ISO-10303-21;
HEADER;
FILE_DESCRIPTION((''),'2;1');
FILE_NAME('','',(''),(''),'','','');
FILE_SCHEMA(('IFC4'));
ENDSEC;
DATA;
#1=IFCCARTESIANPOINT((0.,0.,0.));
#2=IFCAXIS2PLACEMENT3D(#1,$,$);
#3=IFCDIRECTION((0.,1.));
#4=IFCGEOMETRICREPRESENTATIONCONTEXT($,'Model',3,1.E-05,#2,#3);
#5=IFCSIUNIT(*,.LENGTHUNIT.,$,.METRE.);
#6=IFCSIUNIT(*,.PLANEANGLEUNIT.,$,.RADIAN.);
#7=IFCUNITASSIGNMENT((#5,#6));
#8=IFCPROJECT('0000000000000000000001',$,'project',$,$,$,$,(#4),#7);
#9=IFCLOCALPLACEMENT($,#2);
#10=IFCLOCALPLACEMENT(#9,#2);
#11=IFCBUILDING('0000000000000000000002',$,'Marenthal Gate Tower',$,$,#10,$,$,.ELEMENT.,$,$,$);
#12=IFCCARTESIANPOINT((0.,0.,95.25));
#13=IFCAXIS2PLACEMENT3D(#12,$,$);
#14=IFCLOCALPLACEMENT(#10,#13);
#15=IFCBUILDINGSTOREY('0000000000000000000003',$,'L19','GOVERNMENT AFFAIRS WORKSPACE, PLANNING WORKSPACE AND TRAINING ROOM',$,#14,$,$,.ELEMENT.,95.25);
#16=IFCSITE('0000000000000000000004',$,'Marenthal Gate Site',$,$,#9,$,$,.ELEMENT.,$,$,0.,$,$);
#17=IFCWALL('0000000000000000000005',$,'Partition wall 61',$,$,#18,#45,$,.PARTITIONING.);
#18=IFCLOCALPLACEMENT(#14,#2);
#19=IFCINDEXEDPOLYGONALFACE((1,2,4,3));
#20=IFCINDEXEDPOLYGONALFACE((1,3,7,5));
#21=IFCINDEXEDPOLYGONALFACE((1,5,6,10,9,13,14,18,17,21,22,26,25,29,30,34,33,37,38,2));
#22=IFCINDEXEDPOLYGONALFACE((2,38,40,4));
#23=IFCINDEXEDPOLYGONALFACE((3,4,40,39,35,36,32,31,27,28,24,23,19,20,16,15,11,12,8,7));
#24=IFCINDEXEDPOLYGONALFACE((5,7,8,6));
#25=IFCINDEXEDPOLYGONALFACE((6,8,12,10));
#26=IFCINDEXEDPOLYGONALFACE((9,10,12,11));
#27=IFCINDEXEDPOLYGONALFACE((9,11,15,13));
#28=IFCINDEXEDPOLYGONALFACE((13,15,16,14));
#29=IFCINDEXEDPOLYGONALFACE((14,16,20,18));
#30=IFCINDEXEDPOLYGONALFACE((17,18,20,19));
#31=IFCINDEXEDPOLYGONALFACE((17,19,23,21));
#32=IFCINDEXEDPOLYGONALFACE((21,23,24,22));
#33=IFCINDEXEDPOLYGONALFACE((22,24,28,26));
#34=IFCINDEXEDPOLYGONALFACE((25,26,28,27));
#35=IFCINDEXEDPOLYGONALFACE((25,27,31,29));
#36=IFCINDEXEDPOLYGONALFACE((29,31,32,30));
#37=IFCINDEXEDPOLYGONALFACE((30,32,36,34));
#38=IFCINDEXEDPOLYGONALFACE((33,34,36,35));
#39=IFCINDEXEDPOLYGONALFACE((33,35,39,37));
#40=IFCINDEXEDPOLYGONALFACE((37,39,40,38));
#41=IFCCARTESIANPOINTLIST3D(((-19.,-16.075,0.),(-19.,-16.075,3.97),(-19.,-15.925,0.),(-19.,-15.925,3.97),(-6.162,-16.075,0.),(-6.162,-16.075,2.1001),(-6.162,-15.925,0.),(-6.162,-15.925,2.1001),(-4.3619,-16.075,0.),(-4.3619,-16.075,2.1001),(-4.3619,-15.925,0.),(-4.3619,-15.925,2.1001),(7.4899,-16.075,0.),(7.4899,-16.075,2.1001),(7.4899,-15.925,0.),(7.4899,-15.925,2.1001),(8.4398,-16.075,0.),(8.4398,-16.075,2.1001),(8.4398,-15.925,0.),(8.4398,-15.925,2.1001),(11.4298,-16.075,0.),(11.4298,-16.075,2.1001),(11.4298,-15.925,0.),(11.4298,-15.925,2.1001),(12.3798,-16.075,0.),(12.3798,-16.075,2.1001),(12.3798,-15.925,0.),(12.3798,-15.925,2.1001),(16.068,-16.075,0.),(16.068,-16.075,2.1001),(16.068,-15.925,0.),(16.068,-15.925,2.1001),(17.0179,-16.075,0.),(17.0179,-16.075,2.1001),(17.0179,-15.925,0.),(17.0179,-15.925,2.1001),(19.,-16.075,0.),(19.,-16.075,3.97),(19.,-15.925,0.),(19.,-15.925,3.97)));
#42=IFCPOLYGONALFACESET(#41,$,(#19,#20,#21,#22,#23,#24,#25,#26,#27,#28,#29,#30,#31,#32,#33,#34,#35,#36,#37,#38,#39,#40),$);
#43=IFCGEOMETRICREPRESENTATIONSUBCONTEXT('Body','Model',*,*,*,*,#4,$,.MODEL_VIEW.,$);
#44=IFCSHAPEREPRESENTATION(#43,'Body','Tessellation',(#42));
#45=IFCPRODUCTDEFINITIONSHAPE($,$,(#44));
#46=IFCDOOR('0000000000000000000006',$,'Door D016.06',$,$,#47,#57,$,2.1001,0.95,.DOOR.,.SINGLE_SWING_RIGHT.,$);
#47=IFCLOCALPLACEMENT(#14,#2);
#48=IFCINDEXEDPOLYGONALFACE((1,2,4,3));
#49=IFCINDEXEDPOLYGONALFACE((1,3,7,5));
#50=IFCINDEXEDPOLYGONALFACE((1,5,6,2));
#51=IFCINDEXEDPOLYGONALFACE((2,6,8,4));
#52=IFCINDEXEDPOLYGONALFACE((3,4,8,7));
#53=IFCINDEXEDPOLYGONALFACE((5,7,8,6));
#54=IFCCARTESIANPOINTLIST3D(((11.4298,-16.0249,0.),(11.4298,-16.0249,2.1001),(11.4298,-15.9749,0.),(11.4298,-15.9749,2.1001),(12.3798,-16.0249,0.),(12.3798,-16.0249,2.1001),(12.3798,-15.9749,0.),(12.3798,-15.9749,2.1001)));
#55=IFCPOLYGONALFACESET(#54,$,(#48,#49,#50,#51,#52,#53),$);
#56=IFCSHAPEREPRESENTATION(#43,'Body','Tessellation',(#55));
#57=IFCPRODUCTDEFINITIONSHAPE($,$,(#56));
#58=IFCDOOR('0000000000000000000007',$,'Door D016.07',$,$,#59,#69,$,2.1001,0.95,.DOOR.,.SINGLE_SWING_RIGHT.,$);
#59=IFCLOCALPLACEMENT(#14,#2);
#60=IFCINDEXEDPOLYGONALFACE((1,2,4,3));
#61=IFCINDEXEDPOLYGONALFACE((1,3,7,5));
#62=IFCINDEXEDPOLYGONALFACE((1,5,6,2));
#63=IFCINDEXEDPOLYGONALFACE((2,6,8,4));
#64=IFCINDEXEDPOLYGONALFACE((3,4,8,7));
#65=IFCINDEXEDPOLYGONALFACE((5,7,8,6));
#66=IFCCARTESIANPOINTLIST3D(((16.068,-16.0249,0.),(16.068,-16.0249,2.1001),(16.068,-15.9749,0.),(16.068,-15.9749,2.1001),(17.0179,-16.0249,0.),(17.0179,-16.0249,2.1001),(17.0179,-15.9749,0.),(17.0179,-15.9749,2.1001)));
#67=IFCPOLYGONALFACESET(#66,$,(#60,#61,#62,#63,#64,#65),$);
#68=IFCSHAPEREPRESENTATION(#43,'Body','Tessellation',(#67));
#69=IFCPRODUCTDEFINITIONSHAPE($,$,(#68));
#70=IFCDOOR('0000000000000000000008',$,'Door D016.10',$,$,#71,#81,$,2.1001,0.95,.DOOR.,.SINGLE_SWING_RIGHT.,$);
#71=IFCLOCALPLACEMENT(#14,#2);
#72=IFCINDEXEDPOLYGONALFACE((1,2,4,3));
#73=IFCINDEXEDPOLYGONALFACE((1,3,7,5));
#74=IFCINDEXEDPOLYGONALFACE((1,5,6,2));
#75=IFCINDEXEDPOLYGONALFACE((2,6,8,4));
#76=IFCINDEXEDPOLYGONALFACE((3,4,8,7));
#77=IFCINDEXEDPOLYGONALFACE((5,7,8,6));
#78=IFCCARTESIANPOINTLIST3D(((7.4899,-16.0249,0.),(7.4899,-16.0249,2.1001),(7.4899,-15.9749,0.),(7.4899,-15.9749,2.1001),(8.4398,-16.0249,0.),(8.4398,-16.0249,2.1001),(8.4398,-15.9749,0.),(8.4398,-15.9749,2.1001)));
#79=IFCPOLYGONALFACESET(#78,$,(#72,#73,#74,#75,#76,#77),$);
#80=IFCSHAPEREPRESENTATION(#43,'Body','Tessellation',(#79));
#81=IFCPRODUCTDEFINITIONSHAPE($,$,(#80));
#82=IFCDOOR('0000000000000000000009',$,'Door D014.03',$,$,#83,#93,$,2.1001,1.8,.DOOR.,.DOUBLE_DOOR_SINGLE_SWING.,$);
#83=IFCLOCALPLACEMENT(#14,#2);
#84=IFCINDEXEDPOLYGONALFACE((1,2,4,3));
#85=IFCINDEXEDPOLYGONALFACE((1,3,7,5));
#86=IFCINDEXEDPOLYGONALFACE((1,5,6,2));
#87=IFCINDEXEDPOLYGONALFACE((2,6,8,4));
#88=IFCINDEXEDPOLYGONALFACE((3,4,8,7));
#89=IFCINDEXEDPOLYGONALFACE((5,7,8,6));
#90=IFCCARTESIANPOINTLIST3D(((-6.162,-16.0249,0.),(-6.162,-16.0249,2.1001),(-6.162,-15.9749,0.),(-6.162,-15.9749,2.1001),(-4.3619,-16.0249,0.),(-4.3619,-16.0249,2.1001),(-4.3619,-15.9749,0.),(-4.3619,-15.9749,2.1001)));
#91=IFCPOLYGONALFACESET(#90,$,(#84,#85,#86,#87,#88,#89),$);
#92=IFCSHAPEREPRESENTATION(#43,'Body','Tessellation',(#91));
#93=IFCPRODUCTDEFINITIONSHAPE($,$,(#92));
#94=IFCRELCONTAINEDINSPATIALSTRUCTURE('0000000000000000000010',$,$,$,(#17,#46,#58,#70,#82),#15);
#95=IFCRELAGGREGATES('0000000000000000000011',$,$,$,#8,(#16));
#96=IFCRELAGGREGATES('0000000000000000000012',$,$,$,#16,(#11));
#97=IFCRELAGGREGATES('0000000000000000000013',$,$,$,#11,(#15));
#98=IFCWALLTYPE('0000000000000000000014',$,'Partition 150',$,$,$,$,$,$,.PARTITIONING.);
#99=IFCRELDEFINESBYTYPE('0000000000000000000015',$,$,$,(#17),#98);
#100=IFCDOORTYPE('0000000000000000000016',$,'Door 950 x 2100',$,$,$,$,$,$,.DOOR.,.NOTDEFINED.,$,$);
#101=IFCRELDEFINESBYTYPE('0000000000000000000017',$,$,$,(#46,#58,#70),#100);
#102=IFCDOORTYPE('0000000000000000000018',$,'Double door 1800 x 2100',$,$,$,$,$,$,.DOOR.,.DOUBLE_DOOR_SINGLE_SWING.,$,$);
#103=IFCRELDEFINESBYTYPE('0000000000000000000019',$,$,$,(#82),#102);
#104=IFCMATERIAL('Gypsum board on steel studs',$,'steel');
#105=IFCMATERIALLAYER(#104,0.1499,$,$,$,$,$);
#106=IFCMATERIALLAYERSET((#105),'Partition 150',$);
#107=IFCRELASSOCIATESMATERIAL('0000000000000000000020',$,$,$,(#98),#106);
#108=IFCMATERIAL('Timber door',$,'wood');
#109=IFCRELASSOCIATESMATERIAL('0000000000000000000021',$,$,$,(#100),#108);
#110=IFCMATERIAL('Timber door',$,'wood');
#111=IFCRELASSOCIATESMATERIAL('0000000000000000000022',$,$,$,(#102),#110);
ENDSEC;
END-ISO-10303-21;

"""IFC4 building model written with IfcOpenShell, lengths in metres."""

from ifc_helpers import new_model, si_unit, direction, frame, frame_2d, origin, place, context, subcontext, project, spatial, rectangle, extrude, material, layer, layer_set, type_object, element, fill, save


model = new_model("IFC4")

# Units and contexts
model_context = context("Model", 3, precision=1e-05, world=origin(), true_north=direction((0.0, 1.0)))
body_context = subcontext(model_context, "Body", "Model", "MODEL_VIEW")
ifc_project = project(units=[si_unit("LENGTHUNIT", "METRE"), si_unit("PLANEANGLEUNIT", "RADIAN")], contexts=[model_context])

# Site, building, storey
site_placement = place(None, origin())
site = spatial("IfcSite", under=ifc_project, at=site_placement, Name="Marenthal Gate Site", CompositionType="ELEMENT", RefElevation=0.0)
building_placement = place(site_placement, origin())
building = spatial("IfcBuilding", under=site, at=building_placement, Name="Marenthal Gate Tower", CompositionType="ELEMENT")
storey_placement = place(building_placement, frame((0.0, 0.0, 95.25)))
storey = spatial("IfcBuildingStorey", under=building, at=storey_placement, Name="L19", Description="GOVERNMENT AFFAIRS WORKSPACE, PLANNING WORKSPACE AND TRAINING ROOM", CompositionType="ELEMENT", Elevation=95.25)

# Wall, openings, doors
ifc_material_1 = material(Name="Gypsum board on steel studs", Category="steel")
ifc_layer_1 = layer(ifc_material_1, 0.1499)
ifc_layer_set_1 = layer_set([ifc_layer_1], Name="Partition 150")
wall_type_1 = type_object("IfcWallType", Name="Partition 150", PredefinedType="PARTITIONING", material=ifc_layer_set_1)
wall_1_placement = place(storey_placement, frame((19.0, -16.0, 0.0), z_axis=(0.0, 0.0, 1.0), x_axis=(-1.0, 0.0, 0.0)))
wall_1 = element("IfcWall", 1, at=wall_1_placement, inside=storey, type_object=wall_type_1, Name="Partition wall 61", PredefinedType="PARTITIONING", context=body_context, shape_type="SweptSolid", body=[
    extrude(rectangle(XDim=38.0, YDim=0.1499, at=frame_2d((19.0, 0.0))), origin(), (0.0, 0.0, 1.0), 3.97),
])
opening_1_placement = place(wall_1_placement, frame((23.3621, 0.0, 0.0)))
opening_1 = element("IfcOpeningElement", 2, at=opening_1_placement, cuts=wall_1, PredefinedType="OPENING", context=body_context, shape_type="SweptSolid", body=[
    extrude(rectangle(XDim=1.8, YDim=2.1001, at=frame_2d((0.8999, 1.05))), frame((0.0, 0.085, 0.0), z_axis=(0.0, -1.0, 0.0), x_axis=(1.0, 0.0, 0.0)), (0.0, 0.0, 1.0), 0.1699),
])
opening_2_placement = place(wall_1_placement, frame((6.6201, 0.0, 0.0)))
opening_2 = element("IfcOpeningElement", 3, at=opening_2_placement, cuts=wall_1, PredefinedType="OPENING", context=body_context, shape_type="SweptSolid", body=[
    extrude(rectangle(XDim=0.95, YDim=2.1001, at=frame_2d((0.4751, 1.05))), frame((0.0, 0.085, 0.0), z_axis=(0.0, -1.0, 0.0), x_axis=(1.0, 0.0, 0.0)), (0.0, 0.0, 1.0), 0.1699),
])
opening_3_placement = place(wall_1_placement, frame((1.9819, 0.0, 0.0)))
opening_3 = element("IfcOpeningElement", 4, at=opening_3_placement, cuts=wall_1, PredefinedType="OPENING", context=body_context, shape_type="SweptSolid", body=[
    extrude(rectangle(XDim=0.95, YDim=2.1001, at=frame_2d((0.4751, 1.05))), frame((0.0, 0.085, 0.0), z_axis=(0.0, -1.0, 0.0), x_axis=(1.0, 0.0, 0.0)), (0.0, 0.0, 1.0), 0.1699),
])
opening_4_placement = place(wall_1_placement, frame((10.5601, 0.0, 0.0)))
opening_4 = element("IfcOpeningElement", 5, at=opening_4_placement, cuts=wall_1, PredefinedType="OPENING", context=body_context, shape_type="SweptSolid", body=[
    extrude(rectangle(XDim=0.95, YDim=2.1001, at=frame_2d((0.4751, 1.05))), frame((0.0, 0.085, 0.0), z_axis=(0.0, -1.0, 0.0), x_axis=(1.0, 0.0, 0.0)), (0.0, 0.0, 1.0), 0.1699),
])
ifc_material_2 = material(Name="Timber door", Category="wood")
door_type_1 = type_object("IfcDoorType", Name="Door 950 x 2100", OperationType="NOTDEFINED", PredefinedType="DOOR", material=ifc_material_2)
door_1_placement = place(opening_2_placement, origin())
door_1 = element("IfcDoor", 6, at=door_1_placement, inside=storey, type_object=door_type_1, Name="Door D016.06", OperationType="SINGLE_SWING_RIGHT", OverallHeight=2.1001, OverallWidth=0.95, PredefinedType="DOOR", context=body_context, shape_type="SweptSolid", body=[
    extrude(rectangle(XDim=0.95, YDim=2.1001, at=frame_2d((0.4751, 1.05))), frame((0.0, 0.0249, 0.0), z_axis=(0.0, -1.0, 0.0), x_axis=(1.0, 0.0, 0.0)), (0.0, 0.0, 1.0), 0.05),
])
fill(opening_2, door_1)
door_2_placement = place(opening_3_placement, origin())
door_2 = element("IfcDoor", 7, at=door_2_placement, inside=storey, type_object=door_type_1, Name="Door D016.07", OperationType="SINGLE_SWING_RIGHT", OverallHeight=2.1001, OverallWidth=0.95, PredefinedType="DOOR", context=body_context, shape_type="SweptSolid", body=[
    extrude(rectangle(XDim=0.95, YDim=2.1001, at=frame_2d((0.4751, 1.05))), frame((0.0, 0.0249, 0.0), z_axis=(0.0, -1.0, 0.0), x_axis=(1.0, 0.0, 0.0)), (0.0, 0.0, 1.0), 0.05),
])
fill(opening_3, door_2)
door_3_placement = place(opening_4_placement, origin())
door_3 = element("IfcDoor", 8, at=door_3_placement, inside=storey, type_object=door_type_1, Name="Door D016.10", OperationType="SINGLE_SWING_RIGHT", OverallHeight=2.1001, OverallWidth=0.95, PredefinedType="DOOR", context=body_context, shape_type="SweptSolid", body=[
    extrude(rectangle(XDim=0.95, YDim=2.1001, at=frame_2d((0.4751, 1.05))), frame((0.0, 0.0249, 0.0), z_axis=(0.0, -1.0, 0.0), x_axis=(1.0, 0.0, 0.0)), (0.0, 0.0, 1.0), 0.05),
])
fill(opening_4, door_3)
ifc_material_3 = material(Name="Timber door", Category="wood")
door_type_2 = type_object("IfcDoorType", Name="Double door 1800 x 2100", OperationType="DOUBLE_DOOR_SINGLE_SWING", PredefinedType="DOOR", material=ifc_material_3)
door_4_placement = place(opening_1_placement, origin())
door_4 = element("IfcDoor", 9, at=door_4_placement, inside=storey, type_object=door_type_2, Name="Door D014.03", OperationType="DOUBLE_DOOR_SINGLE_SWING", OverallHeight=2.1001, OverallWidth=1.8, PredefinedType="DOOR", context=body_context, shape_type="SweptSolid", body=[
    extrude(rectangle(XDim=1.8, YDim=2.1001, at=frame_2d((0.8999, 1.05))), frame((0.0, 0.0249, 0.0), z_axis=(0.0, -1.0, 0.0), x_axis=(1.0, 0.0, 0.0)), (0.0, 0.0, 1.0), 0.05),
])
fill(opening_1, door_4)

save(model, "model.ifc")
